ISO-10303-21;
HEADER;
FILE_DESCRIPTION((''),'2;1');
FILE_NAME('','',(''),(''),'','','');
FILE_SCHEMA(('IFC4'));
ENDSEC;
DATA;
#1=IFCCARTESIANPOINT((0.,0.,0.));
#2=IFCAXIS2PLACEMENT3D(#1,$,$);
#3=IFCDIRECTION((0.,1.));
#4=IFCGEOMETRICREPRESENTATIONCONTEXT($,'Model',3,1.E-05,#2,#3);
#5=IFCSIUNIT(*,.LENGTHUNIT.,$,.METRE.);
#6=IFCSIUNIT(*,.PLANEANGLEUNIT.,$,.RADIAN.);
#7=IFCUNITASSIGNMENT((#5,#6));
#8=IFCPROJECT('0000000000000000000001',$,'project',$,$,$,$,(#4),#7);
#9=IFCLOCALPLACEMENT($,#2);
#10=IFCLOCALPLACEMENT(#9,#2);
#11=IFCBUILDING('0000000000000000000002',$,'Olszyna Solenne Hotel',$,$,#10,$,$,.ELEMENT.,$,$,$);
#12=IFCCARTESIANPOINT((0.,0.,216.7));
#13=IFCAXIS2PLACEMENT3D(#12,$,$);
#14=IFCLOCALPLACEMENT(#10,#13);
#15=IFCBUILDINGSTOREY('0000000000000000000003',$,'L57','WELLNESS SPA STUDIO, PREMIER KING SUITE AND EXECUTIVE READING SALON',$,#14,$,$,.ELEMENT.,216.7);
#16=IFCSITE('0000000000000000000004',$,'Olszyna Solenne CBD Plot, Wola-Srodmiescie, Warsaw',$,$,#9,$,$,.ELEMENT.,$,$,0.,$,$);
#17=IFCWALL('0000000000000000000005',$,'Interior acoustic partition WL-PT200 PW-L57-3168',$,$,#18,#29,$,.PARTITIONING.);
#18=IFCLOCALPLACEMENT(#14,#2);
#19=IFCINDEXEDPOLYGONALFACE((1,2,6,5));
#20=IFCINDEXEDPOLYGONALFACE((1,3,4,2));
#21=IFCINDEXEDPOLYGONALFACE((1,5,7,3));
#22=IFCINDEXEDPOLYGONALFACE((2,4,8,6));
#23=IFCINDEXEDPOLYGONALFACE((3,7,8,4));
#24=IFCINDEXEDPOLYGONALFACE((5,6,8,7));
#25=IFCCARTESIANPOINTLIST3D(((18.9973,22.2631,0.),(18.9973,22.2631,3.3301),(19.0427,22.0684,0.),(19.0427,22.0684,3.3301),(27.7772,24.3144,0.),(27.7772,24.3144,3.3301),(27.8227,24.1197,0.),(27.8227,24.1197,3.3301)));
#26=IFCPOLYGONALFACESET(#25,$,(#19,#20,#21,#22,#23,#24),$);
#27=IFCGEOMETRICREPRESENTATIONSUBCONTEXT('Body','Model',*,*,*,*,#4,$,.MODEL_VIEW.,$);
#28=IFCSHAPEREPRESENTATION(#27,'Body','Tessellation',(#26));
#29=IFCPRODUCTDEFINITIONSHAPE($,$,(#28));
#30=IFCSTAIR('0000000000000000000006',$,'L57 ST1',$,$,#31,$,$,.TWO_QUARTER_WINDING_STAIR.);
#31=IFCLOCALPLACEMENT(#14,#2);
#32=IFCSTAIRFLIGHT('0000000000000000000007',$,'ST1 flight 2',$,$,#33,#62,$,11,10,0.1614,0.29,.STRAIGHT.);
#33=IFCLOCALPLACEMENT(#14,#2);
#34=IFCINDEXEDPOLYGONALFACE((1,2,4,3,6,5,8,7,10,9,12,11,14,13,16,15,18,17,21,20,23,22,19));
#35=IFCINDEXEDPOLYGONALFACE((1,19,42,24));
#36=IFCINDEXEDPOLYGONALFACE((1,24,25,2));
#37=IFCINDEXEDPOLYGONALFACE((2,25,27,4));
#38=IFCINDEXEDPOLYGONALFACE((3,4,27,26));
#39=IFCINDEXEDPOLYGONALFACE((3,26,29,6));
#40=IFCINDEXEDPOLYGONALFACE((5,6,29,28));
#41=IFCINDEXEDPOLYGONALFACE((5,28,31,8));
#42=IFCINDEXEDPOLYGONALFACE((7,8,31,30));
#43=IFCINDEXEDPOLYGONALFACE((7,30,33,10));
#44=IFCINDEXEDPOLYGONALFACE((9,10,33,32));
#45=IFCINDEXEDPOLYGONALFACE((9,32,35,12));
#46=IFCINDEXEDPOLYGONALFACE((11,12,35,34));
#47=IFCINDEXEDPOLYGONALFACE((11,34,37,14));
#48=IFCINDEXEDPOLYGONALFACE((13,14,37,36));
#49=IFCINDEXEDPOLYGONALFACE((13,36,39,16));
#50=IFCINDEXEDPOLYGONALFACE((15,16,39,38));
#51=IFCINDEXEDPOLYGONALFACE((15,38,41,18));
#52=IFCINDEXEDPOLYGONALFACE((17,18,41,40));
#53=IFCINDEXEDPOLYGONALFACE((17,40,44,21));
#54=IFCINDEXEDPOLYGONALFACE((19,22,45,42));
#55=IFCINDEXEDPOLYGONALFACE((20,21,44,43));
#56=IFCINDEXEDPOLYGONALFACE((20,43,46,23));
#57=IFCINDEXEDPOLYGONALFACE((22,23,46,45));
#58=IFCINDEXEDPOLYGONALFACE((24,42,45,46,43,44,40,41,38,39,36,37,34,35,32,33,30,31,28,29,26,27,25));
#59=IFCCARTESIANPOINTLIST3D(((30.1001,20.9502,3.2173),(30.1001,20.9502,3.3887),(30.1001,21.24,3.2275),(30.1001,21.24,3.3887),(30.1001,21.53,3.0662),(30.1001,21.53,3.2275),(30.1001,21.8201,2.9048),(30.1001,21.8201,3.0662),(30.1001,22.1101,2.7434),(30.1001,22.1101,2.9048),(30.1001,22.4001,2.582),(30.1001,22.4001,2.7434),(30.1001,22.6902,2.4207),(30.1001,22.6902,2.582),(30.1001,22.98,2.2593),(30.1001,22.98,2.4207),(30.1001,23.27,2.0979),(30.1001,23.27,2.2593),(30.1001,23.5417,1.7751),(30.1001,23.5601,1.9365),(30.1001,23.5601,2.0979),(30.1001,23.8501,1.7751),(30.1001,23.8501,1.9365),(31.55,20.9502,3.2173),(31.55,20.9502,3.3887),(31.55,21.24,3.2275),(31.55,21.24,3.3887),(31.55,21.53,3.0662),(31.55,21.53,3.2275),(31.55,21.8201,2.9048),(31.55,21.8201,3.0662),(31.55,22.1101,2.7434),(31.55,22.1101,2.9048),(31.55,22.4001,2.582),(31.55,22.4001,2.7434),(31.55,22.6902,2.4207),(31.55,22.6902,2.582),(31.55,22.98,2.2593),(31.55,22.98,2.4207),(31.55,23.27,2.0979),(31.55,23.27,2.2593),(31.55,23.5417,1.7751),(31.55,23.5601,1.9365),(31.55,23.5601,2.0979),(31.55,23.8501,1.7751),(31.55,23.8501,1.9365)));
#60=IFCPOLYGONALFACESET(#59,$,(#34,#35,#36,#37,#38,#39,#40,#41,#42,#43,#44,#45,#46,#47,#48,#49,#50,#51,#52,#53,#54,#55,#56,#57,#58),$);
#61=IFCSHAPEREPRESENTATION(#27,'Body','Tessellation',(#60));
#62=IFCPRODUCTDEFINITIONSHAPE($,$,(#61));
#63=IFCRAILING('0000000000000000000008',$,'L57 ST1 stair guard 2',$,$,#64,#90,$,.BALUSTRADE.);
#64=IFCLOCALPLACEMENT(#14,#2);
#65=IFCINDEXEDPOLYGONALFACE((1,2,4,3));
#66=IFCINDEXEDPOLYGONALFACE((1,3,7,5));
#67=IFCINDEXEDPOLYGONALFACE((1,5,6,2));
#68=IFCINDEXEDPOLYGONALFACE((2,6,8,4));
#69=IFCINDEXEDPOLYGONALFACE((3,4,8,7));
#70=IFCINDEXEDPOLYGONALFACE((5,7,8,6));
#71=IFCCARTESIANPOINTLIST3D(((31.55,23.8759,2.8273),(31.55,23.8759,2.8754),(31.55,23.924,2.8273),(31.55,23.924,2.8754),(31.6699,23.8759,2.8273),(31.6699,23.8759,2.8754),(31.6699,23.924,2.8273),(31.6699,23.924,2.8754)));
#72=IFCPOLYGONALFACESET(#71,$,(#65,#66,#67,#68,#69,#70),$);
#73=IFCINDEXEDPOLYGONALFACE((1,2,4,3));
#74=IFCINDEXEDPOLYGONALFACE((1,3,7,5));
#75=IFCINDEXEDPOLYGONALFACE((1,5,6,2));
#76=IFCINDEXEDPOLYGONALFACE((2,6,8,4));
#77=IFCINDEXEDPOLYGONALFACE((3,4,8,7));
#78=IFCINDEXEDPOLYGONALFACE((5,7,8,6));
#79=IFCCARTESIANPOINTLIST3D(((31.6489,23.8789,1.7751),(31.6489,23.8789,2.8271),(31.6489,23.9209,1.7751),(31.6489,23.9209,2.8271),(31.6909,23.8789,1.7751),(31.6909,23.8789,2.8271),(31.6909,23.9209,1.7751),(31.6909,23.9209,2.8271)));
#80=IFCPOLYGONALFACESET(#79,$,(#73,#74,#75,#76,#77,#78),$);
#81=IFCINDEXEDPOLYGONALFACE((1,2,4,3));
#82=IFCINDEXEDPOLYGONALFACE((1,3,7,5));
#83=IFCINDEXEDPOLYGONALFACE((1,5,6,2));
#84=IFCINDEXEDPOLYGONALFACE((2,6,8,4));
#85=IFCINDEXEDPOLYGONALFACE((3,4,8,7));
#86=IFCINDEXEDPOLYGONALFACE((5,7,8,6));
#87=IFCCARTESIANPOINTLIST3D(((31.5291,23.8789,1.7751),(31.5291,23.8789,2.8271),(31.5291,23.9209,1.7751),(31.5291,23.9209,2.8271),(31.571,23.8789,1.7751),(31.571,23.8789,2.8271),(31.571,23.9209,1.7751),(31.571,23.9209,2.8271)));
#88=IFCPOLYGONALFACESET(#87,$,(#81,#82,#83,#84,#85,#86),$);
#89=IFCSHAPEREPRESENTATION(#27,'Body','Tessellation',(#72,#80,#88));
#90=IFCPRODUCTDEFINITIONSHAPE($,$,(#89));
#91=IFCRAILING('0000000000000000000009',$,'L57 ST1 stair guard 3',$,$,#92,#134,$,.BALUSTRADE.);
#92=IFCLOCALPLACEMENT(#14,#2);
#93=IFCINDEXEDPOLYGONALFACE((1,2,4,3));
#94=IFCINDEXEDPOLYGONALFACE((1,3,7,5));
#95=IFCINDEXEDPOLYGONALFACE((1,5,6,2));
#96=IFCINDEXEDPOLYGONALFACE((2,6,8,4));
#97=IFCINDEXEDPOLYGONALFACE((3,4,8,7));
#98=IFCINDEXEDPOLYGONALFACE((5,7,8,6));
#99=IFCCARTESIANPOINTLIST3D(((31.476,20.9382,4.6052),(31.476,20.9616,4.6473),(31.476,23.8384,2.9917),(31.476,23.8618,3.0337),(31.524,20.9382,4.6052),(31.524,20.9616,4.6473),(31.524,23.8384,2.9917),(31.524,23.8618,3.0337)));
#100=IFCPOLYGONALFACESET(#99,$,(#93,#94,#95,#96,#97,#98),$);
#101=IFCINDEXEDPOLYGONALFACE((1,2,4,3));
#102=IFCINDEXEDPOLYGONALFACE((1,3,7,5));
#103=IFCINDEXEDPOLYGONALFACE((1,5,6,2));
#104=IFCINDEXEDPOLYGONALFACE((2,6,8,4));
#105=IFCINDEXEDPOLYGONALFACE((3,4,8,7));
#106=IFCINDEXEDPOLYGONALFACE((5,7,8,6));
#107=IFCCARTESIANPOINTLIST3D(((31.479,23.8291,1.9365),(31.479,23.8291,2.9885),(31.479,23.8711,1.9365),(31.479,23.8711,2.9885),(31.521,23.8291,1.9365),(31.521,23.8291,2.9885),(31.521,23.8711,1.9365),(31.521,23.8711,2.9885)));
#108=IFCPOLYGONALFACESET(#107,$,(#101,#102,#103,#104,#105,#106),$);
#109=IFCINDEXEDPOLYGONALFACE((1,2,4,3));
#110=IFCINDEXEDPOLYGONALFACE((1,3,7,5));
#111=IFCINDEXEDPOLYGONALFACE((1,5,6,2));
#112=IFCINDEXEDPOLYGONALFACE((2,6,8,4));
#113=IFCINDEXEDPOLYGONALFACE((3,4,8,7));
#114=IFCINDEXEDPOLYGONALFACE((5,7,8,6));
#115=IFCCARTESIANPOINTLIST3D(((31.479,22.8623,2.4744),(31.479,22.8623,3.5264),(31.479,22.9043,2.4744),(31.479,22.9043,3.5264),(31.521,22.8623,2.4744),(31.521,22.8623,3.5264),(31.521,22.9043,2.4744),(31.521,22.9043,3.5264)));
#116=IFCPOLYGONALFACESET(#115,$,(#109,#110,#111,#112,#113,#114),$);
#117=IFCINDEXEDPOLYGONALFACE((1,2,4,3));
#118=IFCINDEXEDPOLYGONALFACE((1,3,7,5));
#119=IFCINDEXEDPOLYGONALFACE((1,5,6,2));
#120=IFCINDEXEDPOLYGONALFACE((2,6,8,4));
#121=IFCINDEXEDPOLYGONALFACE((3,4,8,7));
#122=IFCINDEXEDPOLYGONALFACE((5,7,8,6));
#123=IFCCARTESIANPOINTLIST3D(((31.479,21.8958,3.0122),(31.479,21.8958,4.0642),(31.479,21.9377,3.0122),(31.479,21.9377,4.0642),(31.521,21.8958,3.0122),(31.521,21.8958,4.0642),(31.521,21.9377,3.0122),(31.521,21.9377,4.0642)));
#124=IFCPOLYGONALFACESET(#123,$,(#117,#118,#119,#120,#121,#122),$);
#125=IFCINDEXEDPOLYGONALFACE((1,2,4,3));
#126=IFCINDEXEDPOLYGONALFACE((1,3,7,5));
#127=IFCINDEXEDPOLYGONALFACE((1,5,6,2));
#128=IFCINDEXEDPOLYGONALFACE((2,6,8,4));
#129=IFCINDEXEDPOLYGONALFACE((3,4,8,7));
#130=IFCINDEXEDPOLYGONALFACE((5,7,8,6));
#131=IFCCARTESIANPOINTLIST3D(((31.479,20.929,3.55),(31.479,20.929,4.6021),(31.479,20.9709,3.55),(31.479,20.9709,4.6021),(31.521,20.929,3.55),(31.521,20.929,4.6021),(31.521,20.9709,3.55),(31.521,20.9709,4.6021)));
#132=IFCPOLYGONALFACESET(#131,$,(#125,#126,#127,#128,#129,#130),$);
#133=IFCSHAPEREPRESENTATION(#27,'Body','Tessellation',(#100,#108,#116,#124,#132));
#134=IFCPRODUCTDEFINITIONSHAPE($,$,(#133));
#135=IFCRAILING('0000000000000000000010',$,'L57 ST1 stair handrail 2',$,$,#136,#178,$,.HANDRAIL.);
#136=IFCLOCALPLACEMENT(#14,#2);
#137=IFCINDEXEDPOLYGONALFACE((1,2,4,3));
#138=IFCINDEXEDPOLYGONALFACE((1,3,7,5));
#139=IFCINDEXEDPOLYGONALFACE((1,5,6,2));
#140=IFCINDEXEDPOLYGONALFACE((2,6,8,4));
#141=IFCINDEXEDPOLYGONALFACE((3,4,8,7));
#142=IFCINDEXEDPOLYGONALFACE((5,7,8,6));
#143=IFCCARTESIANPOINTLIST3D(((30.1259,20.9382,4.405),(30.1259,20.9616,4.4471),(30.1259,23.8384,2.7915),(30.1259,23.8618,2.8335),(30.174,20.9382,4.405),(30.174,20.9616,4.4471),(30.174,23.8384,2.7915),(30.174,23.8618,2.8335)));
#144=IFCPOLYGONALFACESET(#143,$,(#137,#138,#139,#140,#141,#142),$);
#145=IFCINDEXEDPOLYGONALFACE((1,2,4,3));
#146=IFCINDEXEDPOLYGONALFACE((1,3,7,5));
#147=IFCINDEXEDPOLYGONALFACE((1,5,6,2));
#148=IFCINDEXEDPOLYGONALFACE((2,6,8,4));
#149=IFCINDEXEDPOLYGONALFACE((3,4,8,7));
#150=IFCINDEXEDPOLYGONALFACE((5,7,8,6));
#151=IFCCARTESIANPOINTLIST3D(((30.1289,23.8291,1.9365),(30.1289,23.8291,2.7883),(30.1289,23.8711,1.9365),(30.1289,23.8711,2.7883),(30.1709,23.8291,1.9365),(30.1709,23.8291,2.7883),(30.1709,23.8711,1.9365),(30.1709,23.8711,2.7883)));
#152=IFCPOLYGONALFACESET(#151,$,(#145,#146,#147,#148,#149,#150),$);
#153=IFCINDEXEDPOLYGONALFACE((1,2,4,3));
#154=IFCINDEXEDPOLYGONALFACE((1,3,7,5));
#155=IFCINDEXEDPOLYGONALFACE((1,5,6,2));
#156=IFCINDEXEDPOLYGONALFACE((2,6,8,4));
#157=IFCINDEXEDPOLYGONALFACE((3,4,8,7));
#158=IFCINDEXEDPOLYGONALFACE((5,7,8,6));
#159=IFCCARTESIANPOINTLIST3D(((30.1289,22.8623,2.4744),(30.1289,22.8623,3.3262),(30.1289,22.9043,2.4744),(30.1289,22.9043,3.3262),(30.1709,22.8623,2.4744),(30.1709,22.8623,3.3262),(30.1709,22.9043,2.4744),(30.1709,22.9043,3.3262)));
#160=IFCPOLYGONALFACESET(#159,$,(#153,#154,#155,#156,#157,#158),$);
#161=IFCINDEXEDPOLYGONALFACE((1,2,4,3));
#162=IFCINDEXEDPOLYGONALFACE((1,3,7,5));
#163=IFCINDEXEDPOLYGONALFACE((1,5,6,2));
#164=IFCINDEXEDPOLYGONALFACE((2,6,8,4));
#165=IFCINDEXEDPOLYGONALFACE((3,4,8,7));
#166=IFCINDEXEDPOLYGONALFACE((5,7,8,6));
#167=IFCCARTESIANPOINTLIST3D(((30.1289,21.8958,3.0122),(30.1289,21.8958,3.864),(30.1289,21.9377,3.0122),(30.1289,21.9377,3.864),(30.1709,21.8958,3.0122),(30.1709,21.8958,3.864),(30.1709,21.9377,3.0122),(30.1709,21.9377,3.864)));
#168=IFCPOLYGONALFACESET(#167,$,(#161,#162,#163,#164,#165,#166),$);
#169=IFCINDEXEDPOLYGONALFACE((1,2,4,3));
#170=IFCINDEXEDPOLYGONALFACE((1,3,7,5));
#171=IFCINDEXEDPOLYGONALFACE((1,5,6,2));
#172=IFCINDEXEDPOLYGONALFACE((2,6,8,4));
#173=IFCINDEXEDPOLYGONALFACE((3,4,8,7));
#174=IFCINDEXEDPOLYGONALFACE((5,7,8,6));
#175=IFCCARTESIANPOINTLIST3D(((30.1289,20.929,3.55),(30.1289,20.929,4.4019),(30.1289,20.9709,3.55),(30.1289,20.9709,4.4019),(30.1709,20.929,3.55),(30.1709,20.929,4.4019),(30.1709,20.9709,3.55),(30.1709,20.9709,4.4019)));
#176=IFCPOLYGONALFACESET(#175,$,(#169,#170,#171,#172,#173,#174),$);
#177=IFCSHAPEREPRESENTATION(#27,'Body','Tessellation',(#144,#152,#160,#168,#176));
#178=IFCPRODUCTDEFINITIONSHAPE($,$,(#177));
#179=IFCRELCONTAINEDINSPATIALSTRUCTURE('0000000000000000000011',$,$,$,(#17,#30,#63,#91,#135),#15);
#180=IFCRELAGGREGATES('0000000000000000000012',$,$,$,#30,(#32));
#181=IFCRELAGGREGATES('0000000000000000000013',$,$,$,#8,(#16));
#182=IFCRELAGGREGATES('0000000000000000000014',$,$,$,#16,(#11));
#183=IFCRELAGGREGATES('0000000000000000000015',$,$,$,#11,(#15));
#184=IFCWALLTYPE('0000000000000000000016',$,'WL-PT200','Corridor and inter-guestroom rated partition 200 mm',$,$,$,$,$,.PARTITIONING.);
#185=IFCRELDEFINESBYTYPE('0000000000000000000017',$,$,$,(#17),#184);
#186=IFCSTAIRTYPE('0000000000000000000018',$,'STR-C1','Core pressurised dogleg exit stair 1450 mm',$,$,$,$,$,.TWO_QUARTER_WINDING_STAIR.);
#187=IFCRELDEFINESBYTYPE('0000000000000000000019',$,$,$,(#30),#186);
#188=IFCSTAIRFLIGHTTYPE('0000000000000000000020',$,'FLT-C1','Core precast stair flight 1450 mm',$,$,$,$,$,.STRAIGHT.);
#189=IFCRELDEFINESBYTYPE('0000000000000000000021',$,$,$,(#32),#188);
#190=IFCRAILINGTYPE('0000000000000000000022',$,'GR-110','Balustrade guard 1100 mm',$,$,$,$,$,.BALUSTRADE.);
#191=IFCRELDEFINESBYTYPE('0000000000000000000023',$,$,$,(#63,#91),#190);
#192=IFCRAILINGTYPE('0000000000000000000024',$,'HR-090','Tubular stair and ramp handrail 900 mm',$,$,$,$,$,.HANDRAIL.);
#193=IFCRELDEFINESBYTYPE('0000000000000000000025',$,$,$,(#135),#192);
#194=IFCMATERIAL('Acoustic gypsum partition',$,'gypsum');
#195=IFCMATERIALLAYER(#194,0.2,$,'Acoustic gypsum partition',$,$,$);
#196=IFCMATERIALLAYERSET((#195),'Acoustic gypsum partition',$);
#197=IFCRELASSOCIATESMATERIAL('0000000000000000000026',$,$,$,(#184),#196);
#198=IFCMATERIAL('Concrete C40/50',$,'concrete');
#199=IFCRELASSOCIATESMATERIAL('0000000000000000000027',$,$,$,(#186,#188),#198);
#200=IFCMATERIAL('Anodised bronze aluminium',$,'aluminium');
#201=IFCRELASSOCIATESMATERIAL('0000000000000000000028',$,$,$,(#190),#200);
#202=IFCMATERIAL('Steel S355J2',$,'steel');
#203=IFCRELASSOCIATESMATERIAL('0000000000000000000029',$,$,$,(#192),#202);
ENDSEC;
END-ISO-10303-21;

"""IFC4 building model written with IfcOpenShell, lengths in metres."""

from ifc_helpers import new_model, si_unit, direction, frame, frame_2d, origin, origin_2d, place, context, subcontext, project, spatial, polyline, rectangle, outline, extrude, material, layer, layer_set, type_object, element, aggregate, save


model = new_model("IFC4")

# Units and contexts
model_context = context("Model", 3, precision=1e-05, world=origin(), true_north=direction((0.0, 1.0)))
body_context = subcontext(model_context, "Body", "Model", "MODEL_VIEW")
ifc_project = project(units=[si_unit("LENGTHUNIT", "METRE"), si_unit("PLANEANGLEUNIT", "RADIAN")], contexts=[model_context])

# Site, building, storey
site_placement = place(None, origin())
site = spatial("IfcSite", under=ifc_project, at=site_placement, Name="Olszyna Solenne CBD Plot, Wola-Srodmiescie, Warsaw", CompositionType="ELEMENT", RefElevation=0.0)
building_placement = place(site_placement, origin())
building = spatial("IfcBuilding", under=site, at=building_placement, Name="Olszyna Solenne Hotel", CompositionType="ELEMENT")
storey_placement = place(building_placement, frame((0.0, 0.0, 216.7)))
storey = spatial("IfcBuildingStorey", under=building, at=storey_placement, Name="L57", Description="WELLNESS SPA STUDIO, PREMIER KING SUITE AND EXECUTIVE READING SALON", CompositionType="ELEMENT", Elevation=216.7)

# Shared definitions
ifc_material_1 = material(Name="Steel S355J2", Category="steel")

# Shared definitions
ifc_material_2 = material(Name="Acoustic gypsum partition", Category="gypsum")

# Wall
ifc_layer_1 = layer(ifc_material_2, 0.2, Name="Acoustic gypsum partition")
ifc_layer_set_1 = layer_set([ifc_layer_1], Name="Acoustic gypsum partition")
wall_type_1 = type_object("IfcWallType", Name="WL-PT200", Description="Corridor and inter-guestroom rated partition 200 mm", PredefinedType="PARTITIONING", material=ifc_layer_set_1)
wall_1_placement = place(storey_placement, frame((27.8, 24.217, 0.0), z_axis=(0.0, 0.0, 1.0), x_axis=(-0.973777, -0.227503, 0.0)))
element("IfcWall", 1, at=wall_1_placement, inside=storey, type_object=wall_type_1, Name="Interior acoustic partition WL-PT200 PW-L57-3168", PredefinedType="PARTITIONING", context=body_context, shape_type="SweptSolid", body=[
    extrude(rectangle(XDim=9.0164, YDim=0.2, at=frame_2d((4.5083, 0.0))), origin(), (0.0, 0.0, 1.0), 3.3301),
])

# Stair, stair flight
ifc_material_3 = material(Name="Concrete C40/50", Category="concrete")
stair_type = type_object("IfcStairType", Name="STR-C1", Description="Core pressurised dogleg exit stair 1450 mm", PredefinedType="TWO_QUARTER_WINDING_STAIR", material=ifc_material_3)
stair_placement = place(storey_placement, origin())
stair = element("IfcStair", 2, at=stair_placement, inside=storey, type_object=stair_type, Name="L57 ST1", PredefinedType="TWO_QUARTER_WINDING_STAIR")
stair_flight_type = type_object("IfcStairFlightType", Name="FLT-C1", Description="Core precast stair flight 1450 mm", PredefinedType="STRAIGHT", material=ifc_material_3)
stair_flight_placement = place(storey_placement, frame((30.825, 23.8501, 1.7751), z_axis=(0.0, 0.0, 1.0), x_axis=(0.0, -1.0, 0.0)))
stair_flight = element("IfcStairFlight", 3, at=stair_flight_placement, type_object=stair_flight_type, Name="ST1 flight 2", NumberOfRisers=11, NumberOfTreads=10, PredefinedType="STRAIGHT", RiserHeight=0.1614, TreadLength=0.29, context=body_context, shape_type="SweptSolid", body=[
    extrude(outline(polyline([(0.0, 0.0), (0.0, 0.1614), (0.29, 0.1614), (0.29, 0.3228), (0.5801, 0.3228), (0.5801, 0.4841), (0.8701, 0.4841), (0.8701, 0.6455), (1.1599, 0.6455), (1.1599, 0.8069), (1.45, 0.8069), (1.45, 0.9683), (1.74, 0.9683), (1.74, 1.1296), (2.03, 1.1296), (2.03, 1.291), (2.3201, 1.291), (2.3201, 1.4524), (2.6101, 1.4524), (2.6101, 1.6135), (2.8999, 1.6135), (2.8999, 1.7749), (2.8999, 1.4421), (0.3083, 0.0), (0.0, 0.0)])), frame((0.0, 0.7251, 0.0), z_axis=(0.0, -1.0, 0.0), x_axis=(1.0, 0.0, 0.0)), (0.0, 0.0, 1.0), 1.45),
])
aggregate(stair, [stair_flight])

# Railings
ifc_material_4 = material(Name="Anodised bronze aluminium", Category="aluminium")
railing_type_1 = type_object("IfcRailingType", Name="GR-110", Description="Balustrade guard 1100 mm", PredefinedType="BALUSTRADE", material=ifc_material_4)
railing_1_placement = place(storey_placement, frame((31.6699, 23.8999, 1.7751)))
element("IfcRailing", 4, at=railing_1_placement, inside=storey, type_object=railing_type_1, Name="L57 ST1 stair guard 2", PredefinedType="BALUSTRADE", context=body_context, shape_type="SweptSolid", body=[
    extrude(rectangle(XDim=0.0481, YDim=0.0481, at=origin_2d()), frame((0.0, 0.0, 1.0762), z_axis=(-1.0, 0.0, 0.0), x_axis=(0.0, -1.0, 0.0)), (0.0, 0.0, 1.0), 0.1199),
    extrude(rectangle(XDim=0.042, YDim=0.042, at=origin_2d()), origin(), (0.0, 0.0, 1.0), 1.052),
    extrude(rectangle(XDim=0.042, YDim=0.042, at=origin_2d()), frame((-0.1199, 0.0, 0.0)), (0.0, 0.0, 1.0), 1.052),
])
railing_2_placement = place(storey_placement, frame((31.5, 23.8501, 1.9365)))
element("IfcRailing", 5, at=railing_2_placement, inside=storey, type_object=railing_type_1, Name="L57 ST1 stair guard 3", PredefinedType="BALUSTRADE", context=body_context, shape_type="SweptSolid", body=[
    extrude(rectangle(XDim=0.0481, YDim=0.0481, at=origin_2d()), frame((0.0, 0.0, 1.0762), z_axis=(0.0, -0.873859, 0.48618), x_axis=(1.0, 0.0, 0.0)), (0.0, 0.0, 1.0), 3.3188),
    extrude(rectangle(XDim=0.042, YDim=0.042, at=origin_2d()), origin(), (0.0, 0.0, 1.0), 1.052),
    extrude(rectangle(XDim=0.042, YDim=0.042, at=origin_2d()), frame((0.0, -0.9668, 0.5378)), (0.0, 0.0, 1.0), 1.052),
    extrude(rectangle(XDim=0.042, YDim=0.042, at=origin_2d()), frame((0.0, -1.9333, 1.0757)), (0.0, 0.0, 1.0), 1.052),
    extrude(rectangle(XDim=0.042, YDim=0.042, at=origin_2d()), frame((0.0, -2.9001, 1.6135)), (0.0, 0.0, 1.0), 1.052),
])
railing_type_2 = type_object("IfcRailingType", Name="HR-090", Description="Tubular stair and ramp handrail 900 mm", PredefinedType="HANDRAIL", material=ifc_material_1)
railing_3_placement = place(storey_placement, frame((30.1499, 23.8501, 1.9365)))
element("IfcRailing", 6, at=railing_3_placement, inside=storey, type_object=railing_type_2, Name="L57 ST1 stair handrail 2", PredefinedType="HANDRAIL", context=body_context, shape_type="SweptSolid", body=[
    extrude(rectangle(XDim=0.0481, YDim=0.0481, at=origin_2d()), frame((0.0, 0.0, 0.876), z_axis=(0.0, -0.873859, 0.48618), x_axis=(1.0, 0.0, 0.0)), (0.0, 0.0, 1.0), 3.3188),
    extrude(rectangle(XDim=0.042, YDim=0.042, at=origin_2d()), origin(), (0.0, 0.0, 1.0), 0.8518),
    extrude(rectangle(XDim=0.042, YDim=0.042, at=origin_2d()), frame((0.0, -0.9668, 0.5378)), (0.0, 0.0, 1.0), 0.8518),
    extrude(rectangle(XDim=0.042, YDim=0.042, at=origin_2d()), frame((0.0, -1.9333, 1.0757)), (0.0, 0.0, 1.0), 0.8518),
    extrude(rectangle(XDim=0.042, YDim=0.042, at=origin_2d()), frame((0.0, -2.9001, 1.6135)), (0.0, 0.0, 1.0), 0.8518),
])

save(model, "model.ifc")
